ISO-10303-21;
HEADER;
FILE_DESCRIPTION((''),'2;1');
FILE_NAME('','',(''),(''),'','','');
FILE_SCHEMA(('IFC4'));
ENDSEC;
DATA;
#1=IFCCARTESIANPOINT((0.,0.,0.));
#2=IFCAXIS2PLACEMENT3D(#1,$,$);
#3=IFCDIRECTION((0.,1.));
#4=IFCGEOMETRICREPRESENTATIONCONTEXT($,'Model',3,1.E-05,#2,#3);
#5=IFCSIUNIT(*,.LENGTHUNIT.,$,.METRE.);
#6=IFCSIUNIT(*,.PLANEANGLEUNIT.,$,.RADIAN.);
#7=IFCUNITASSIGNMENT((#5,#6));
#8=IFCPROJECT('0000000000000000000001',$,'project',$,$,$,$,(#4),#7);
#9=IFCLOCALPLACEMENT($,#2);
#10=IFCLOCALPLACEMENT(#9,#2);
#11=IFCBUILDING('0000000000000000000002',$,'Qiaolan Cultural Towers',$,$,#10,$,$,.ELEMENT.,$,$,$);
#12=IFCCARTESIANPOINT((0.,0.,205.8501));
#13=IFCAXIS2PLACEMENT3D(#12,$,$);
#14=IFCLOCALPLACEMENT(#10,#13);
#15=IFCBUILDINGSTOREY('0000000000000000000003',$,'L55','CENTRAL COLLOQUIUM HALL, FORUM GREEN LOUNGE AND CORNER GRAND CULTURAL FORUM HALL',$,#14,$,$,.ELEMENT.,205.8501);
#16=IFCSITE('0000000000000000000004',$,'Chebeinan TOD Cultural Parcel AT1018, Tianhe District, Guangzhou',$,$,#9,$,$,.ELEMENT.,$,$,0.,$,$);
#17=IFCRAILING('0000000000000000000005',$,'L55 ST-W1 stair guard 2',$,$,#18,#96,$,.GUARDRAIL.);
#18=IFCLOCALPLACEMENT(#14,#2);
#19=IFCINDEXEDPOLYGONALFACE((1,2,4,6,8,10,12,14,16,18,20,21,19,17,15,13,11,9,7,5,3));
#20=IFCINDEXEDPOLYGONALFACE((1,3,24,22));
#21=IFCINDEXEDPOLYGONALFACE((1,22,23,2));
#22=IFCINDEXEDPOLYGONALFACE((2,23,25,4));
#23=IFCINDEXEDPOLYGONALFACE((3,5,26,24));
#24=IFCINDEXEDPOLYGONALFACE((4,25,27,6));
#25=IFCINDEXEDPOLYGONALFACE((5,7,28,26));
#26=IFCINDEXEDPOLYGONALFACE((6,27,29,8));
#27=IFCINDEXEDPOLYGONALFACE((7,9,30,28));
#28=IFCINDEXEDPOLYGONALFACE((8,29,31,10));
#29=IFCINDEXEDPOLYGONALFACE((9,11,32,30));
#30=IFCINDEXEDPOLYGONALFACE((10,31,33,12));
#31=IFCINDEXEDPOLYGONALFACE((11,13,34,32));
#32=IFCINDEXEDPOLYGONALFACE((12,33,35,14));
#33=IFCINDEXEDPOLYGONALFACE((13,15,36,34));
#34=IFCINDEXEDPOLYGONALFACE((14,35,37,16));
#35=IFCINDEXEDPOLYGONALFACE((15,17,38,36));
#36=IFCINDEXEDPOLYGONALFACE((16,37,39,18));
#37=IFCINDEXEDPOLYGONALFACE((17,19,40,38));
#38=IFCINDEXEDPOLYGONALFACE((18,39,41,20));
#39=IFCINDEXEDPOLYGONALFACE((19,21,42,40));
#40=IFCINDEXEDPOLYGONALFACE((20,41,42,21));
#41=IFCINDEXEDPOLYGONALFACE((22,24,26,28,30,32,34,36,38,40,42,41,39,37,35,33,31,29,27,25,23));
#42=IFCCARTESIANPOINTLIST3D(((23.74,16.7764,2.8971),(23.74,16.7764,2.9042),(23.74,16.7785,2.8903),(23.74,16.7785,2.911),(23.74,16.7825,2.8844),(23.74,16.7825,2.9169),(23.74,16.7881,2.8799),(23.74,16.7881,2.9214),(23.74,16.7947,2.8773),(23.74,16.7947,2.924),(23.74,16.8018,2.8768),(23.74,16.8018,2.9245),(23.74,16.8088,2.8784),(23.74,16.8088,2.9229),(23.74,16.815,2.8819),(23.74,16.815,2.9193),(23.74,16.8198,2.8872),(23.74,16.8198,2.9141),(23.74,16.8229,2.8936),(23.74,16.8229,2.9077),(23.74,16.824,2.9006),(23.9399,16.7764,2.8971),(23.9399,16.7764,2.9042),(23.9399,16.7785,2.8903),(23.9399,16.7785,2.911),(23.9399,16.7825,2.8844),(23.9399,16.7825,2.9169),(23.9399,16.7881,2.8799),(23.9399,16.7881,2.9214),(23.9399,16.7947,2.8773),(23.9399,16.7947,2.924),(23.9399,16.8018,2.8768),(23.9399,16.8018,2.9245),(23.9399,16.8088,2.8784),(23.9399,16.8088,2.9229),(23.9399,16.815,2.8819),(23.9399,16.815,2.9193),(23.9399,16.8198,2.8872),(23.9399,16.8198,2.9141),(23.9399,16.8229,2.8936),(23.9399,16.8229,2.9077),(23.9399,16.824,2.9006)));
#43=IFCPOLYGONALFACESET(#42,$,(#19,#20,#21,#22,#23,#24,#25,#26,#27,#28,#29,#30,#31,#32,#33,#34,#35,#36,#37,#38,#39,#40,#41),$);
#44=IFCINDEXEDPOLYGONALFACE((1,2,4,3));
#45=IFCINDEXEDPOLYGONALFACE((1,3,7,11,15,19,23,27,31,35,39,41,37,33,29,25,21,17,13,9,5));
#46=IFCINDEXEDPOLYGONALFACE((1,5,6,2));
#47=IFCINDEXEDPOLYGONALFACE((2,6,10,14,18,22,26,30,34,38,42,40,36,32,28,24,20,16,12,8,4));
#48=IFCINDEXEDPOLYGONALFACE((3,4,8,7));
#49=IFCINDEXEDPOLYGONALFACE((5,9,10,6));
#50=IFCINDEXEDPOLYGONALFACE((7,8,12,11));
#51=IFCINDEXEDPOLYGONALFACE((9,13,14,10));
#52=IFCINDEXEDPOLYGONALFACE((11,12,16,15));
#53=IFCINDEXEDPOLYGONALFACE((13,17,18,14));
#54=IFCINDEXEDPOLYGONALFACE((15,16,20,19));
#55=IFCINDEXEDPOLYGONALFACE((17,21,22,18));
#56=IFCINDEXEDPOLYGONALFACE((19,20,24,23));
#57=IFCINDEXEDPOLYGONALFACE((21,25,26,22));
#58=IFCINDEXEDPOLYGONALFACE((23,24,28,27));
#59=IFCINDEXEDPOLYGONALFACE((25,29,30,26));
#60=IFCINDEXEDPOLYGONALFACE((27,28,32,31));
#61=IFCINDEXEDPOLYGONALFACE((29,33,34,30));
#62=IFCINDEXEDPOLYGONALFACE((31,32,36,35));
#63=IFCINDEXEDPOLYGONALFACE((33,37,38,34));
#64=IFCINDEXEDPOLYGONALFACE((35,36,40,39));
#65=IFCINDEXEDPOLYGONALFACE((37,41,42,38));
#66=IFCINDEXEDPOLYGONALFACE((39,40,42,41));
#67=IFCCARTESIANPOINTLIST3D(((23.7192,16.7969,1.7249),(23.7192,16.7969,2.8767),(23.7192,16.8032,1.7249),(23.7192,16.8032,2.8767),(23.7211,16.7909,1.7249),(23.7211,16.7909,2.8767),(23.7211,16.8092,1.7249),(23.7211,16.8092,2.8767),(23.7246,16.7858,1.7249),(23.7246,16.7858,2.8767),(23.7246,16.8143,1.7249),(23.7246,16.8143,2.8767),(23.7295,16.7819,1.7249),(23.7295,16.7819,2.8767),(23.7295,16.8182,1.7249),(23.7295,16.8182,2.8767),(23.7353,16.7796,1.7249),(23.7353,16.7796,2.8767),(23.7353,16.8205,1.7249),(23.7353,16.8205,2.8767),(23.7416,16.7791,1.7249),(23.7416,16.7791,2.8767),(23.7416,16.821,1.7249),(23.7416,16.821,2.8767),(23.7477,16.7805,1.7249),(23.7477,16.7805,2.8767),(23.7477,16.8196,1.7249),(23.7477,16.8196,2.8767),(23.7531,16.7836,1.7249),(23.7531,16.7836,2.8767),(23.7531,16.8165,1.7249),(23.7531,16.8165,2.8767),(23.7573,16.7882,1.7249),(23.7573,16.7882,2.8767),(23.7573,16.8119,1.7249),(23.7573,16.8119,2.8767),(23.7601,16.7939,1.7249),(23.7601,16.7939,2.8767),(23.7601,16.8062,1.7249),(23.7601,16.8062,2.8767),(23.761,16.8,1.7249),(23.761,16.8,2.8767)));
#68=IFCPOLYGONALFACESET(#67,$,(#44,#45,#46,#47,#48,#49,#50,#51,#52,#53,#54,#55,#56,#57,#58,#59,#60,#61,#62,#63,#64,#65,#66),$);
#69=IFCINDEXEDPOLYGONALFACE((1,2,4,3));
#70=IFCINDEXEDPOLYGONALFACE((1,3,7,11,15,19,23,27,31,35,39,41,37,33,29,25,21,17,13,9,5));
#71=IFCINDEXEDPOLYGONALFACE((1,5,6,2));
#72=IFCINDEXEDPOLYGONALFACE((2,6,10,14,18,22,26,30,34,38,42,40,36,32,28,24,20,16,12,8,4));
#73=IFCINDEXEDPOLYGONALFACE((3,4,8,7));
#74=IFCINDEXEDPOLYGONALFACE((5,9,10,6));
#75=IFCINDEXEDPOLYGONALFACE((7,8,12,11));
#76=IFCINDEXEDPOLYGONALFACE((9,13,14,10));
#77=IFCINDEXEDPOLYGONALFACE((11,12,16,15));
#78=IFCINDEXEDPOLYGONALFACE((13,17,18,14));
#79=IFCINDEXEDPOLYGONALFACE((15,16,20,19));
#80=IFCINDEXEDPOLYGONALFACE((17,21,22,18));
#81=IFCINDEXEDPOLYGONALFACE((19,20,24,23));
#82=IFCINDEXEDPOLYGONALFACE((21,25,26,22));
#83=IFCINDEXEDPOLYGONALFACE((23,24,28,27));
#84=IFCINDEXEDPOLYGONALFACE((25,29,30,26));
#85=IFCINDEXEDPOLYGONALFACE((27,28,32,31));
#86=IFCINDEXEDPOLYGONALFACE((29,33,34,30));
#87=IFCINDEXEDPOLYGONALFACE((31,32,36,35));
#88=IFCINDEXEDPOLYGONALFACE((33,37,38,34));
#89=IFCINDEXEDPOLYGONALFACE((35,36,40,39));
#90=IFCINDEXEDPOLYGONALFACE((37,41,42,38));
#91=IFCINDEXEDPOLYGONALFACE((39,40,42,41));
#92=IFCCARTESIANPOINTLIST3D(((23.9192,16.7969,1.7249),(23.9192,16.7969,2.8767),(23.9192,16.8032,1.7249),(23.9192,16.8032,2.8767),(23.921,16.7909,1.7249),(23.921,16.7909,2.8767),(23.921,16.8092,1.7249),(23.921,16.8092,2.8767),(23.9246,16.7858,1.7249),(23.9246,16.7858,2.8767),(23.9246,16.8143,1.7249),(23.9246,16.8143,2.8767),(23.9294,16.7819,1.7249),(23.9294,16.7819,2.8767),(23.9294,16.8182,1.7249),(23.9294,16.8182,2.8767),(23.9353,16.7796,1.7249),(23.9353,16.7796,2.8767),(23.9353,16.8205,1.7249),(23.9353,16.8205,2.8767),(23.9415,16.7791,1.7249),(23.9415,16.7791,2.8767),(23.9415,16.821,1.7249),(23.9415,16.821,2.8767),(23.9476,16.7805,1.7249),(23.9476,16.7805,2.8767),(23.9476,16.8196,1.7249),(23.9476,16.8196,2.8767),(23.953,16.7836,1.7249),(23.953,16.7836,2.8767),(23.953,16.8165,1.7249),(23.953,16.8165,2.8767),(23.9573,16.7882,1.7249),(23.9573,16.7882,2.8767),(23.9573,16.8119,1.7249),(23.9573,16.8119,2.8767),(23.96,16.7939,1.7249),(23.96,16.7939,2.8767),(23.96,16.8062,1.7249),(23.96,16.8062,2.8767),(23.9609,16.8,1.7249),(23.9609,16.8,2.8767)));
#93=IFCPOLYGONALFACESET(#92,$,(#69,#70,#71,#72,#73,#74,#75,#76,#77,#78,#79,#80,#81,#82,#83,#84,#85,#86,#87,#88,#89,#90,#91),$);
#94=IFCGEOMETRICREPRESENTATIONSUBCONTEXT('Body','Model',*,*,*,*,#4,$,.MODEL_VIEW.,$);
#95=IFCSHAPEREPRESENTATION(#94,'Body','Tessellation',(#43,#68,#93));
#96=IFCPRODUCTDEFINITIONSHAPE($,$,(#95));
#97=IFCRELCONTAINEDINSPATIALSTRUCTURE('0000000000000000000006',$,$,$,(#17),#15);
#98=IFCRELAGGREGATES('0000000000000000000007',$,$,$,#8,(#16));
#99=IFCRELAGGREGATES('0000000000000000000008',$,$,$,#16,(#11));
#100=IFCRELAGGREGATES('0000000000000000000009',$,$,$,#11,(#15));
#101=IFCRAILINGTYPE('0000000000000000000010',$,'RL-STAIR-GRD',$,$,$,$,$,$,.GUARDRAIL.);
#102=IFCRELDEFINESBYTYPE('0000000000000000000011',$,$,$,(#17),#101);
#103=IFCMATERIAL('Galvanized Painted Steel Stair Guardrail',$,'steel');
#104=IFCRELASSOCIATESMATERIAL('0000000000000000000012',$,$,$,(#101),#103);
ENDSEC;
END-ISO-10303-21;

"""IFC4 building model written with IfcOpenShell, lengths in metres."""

from ifc_helpers import new_model, si_unit, direction, frame, origin, origin_2d, place, context, subcontext, project, spatial, circle, extrude, material, type_object, element, save


model = new_model("IFC4")

# Units and contexts
model_context = context("Model", 3, precision=1e-05, world=origin(), true_north=direction((0.0, 1.0)))
body_context = subcontext(model_context, "Body", "Model", "MODEL_VIEW")
ifc_project = project(units=[si_unit("LENGTHUNIT", "METRE"), si_unit("PLANEANGLEUNIT", "RADIAN")], contexts=[model_context])

# Site, building, storey
site_placement = place(None, origin())
site = spatial("IfcSite", under=ifc_project, at=site_placement, Name="Chebeinan TOD Cultural Parcel AT1018, Tianhe District, Guangzhou", CompositionType="ELEMENT", RefElevation=0.0)
building_placement = place(site_placement, origin())
building = spatial("IfcBuilding", under=site, at=building_placement, Name="Qiaolan Cultural Towers", CompositionType="ELEMENT")
storey_placement = place(building_placement, frame((0.0, 0.0, 205.8501)))
storey = spatial("IfcBuildingStorey", under=building, at=storey_placement, Name="L55", Description="CENTRAL COLLOQUIUM HALL, FORUM GREEN LOUNGE AND CORNER GRAND CULTURAL FORUM HALL", CompositionType="ELEMENT", Elevation=205.8501)

# Railing
ifc_material_1 = material(Name="Galvanized Painted Steel Stair Guardrail", Category="steel")
railing_type_1 = type_object("IfcRailingType", Name="RL-STAIR-GRD", PredefinedType="GUARDRAIL", material=ifc_material_1)
railing_1_placement = place(storey_placement, frame((23.74, 16.8, 1.7249)))
element("IfcRailing", 1, at=railing_1_placement, inside=storey, type_object=railing_type_1, Name="L55 ST-W1 stair guard 2", PredefinedType="GUARDRAIL", context=body_context, shape_type="SweptSolid", body=[
    extrude(circle(Radius=0.0239, at=origin_2d()), frame((0.0, 0.0, 1.1758), z_axis=(1.0, 0.0, 0.0), x_axis=(0.0, 1.0, 0.0)), (0.0, 0.0, 1.0), 0.2),
    extrude(circle(Radius=0.021, at=origin_2d()), origin(), (0.0, 0.0, 1.0), 1.1519),
    extrude(circle(Radius=0.021, at=origin_2d()), frame((0.2, 0.0, 0.0)), (0.0, 0.0, 1.0), 1.1519),
])

save(model, "model.ifc")
